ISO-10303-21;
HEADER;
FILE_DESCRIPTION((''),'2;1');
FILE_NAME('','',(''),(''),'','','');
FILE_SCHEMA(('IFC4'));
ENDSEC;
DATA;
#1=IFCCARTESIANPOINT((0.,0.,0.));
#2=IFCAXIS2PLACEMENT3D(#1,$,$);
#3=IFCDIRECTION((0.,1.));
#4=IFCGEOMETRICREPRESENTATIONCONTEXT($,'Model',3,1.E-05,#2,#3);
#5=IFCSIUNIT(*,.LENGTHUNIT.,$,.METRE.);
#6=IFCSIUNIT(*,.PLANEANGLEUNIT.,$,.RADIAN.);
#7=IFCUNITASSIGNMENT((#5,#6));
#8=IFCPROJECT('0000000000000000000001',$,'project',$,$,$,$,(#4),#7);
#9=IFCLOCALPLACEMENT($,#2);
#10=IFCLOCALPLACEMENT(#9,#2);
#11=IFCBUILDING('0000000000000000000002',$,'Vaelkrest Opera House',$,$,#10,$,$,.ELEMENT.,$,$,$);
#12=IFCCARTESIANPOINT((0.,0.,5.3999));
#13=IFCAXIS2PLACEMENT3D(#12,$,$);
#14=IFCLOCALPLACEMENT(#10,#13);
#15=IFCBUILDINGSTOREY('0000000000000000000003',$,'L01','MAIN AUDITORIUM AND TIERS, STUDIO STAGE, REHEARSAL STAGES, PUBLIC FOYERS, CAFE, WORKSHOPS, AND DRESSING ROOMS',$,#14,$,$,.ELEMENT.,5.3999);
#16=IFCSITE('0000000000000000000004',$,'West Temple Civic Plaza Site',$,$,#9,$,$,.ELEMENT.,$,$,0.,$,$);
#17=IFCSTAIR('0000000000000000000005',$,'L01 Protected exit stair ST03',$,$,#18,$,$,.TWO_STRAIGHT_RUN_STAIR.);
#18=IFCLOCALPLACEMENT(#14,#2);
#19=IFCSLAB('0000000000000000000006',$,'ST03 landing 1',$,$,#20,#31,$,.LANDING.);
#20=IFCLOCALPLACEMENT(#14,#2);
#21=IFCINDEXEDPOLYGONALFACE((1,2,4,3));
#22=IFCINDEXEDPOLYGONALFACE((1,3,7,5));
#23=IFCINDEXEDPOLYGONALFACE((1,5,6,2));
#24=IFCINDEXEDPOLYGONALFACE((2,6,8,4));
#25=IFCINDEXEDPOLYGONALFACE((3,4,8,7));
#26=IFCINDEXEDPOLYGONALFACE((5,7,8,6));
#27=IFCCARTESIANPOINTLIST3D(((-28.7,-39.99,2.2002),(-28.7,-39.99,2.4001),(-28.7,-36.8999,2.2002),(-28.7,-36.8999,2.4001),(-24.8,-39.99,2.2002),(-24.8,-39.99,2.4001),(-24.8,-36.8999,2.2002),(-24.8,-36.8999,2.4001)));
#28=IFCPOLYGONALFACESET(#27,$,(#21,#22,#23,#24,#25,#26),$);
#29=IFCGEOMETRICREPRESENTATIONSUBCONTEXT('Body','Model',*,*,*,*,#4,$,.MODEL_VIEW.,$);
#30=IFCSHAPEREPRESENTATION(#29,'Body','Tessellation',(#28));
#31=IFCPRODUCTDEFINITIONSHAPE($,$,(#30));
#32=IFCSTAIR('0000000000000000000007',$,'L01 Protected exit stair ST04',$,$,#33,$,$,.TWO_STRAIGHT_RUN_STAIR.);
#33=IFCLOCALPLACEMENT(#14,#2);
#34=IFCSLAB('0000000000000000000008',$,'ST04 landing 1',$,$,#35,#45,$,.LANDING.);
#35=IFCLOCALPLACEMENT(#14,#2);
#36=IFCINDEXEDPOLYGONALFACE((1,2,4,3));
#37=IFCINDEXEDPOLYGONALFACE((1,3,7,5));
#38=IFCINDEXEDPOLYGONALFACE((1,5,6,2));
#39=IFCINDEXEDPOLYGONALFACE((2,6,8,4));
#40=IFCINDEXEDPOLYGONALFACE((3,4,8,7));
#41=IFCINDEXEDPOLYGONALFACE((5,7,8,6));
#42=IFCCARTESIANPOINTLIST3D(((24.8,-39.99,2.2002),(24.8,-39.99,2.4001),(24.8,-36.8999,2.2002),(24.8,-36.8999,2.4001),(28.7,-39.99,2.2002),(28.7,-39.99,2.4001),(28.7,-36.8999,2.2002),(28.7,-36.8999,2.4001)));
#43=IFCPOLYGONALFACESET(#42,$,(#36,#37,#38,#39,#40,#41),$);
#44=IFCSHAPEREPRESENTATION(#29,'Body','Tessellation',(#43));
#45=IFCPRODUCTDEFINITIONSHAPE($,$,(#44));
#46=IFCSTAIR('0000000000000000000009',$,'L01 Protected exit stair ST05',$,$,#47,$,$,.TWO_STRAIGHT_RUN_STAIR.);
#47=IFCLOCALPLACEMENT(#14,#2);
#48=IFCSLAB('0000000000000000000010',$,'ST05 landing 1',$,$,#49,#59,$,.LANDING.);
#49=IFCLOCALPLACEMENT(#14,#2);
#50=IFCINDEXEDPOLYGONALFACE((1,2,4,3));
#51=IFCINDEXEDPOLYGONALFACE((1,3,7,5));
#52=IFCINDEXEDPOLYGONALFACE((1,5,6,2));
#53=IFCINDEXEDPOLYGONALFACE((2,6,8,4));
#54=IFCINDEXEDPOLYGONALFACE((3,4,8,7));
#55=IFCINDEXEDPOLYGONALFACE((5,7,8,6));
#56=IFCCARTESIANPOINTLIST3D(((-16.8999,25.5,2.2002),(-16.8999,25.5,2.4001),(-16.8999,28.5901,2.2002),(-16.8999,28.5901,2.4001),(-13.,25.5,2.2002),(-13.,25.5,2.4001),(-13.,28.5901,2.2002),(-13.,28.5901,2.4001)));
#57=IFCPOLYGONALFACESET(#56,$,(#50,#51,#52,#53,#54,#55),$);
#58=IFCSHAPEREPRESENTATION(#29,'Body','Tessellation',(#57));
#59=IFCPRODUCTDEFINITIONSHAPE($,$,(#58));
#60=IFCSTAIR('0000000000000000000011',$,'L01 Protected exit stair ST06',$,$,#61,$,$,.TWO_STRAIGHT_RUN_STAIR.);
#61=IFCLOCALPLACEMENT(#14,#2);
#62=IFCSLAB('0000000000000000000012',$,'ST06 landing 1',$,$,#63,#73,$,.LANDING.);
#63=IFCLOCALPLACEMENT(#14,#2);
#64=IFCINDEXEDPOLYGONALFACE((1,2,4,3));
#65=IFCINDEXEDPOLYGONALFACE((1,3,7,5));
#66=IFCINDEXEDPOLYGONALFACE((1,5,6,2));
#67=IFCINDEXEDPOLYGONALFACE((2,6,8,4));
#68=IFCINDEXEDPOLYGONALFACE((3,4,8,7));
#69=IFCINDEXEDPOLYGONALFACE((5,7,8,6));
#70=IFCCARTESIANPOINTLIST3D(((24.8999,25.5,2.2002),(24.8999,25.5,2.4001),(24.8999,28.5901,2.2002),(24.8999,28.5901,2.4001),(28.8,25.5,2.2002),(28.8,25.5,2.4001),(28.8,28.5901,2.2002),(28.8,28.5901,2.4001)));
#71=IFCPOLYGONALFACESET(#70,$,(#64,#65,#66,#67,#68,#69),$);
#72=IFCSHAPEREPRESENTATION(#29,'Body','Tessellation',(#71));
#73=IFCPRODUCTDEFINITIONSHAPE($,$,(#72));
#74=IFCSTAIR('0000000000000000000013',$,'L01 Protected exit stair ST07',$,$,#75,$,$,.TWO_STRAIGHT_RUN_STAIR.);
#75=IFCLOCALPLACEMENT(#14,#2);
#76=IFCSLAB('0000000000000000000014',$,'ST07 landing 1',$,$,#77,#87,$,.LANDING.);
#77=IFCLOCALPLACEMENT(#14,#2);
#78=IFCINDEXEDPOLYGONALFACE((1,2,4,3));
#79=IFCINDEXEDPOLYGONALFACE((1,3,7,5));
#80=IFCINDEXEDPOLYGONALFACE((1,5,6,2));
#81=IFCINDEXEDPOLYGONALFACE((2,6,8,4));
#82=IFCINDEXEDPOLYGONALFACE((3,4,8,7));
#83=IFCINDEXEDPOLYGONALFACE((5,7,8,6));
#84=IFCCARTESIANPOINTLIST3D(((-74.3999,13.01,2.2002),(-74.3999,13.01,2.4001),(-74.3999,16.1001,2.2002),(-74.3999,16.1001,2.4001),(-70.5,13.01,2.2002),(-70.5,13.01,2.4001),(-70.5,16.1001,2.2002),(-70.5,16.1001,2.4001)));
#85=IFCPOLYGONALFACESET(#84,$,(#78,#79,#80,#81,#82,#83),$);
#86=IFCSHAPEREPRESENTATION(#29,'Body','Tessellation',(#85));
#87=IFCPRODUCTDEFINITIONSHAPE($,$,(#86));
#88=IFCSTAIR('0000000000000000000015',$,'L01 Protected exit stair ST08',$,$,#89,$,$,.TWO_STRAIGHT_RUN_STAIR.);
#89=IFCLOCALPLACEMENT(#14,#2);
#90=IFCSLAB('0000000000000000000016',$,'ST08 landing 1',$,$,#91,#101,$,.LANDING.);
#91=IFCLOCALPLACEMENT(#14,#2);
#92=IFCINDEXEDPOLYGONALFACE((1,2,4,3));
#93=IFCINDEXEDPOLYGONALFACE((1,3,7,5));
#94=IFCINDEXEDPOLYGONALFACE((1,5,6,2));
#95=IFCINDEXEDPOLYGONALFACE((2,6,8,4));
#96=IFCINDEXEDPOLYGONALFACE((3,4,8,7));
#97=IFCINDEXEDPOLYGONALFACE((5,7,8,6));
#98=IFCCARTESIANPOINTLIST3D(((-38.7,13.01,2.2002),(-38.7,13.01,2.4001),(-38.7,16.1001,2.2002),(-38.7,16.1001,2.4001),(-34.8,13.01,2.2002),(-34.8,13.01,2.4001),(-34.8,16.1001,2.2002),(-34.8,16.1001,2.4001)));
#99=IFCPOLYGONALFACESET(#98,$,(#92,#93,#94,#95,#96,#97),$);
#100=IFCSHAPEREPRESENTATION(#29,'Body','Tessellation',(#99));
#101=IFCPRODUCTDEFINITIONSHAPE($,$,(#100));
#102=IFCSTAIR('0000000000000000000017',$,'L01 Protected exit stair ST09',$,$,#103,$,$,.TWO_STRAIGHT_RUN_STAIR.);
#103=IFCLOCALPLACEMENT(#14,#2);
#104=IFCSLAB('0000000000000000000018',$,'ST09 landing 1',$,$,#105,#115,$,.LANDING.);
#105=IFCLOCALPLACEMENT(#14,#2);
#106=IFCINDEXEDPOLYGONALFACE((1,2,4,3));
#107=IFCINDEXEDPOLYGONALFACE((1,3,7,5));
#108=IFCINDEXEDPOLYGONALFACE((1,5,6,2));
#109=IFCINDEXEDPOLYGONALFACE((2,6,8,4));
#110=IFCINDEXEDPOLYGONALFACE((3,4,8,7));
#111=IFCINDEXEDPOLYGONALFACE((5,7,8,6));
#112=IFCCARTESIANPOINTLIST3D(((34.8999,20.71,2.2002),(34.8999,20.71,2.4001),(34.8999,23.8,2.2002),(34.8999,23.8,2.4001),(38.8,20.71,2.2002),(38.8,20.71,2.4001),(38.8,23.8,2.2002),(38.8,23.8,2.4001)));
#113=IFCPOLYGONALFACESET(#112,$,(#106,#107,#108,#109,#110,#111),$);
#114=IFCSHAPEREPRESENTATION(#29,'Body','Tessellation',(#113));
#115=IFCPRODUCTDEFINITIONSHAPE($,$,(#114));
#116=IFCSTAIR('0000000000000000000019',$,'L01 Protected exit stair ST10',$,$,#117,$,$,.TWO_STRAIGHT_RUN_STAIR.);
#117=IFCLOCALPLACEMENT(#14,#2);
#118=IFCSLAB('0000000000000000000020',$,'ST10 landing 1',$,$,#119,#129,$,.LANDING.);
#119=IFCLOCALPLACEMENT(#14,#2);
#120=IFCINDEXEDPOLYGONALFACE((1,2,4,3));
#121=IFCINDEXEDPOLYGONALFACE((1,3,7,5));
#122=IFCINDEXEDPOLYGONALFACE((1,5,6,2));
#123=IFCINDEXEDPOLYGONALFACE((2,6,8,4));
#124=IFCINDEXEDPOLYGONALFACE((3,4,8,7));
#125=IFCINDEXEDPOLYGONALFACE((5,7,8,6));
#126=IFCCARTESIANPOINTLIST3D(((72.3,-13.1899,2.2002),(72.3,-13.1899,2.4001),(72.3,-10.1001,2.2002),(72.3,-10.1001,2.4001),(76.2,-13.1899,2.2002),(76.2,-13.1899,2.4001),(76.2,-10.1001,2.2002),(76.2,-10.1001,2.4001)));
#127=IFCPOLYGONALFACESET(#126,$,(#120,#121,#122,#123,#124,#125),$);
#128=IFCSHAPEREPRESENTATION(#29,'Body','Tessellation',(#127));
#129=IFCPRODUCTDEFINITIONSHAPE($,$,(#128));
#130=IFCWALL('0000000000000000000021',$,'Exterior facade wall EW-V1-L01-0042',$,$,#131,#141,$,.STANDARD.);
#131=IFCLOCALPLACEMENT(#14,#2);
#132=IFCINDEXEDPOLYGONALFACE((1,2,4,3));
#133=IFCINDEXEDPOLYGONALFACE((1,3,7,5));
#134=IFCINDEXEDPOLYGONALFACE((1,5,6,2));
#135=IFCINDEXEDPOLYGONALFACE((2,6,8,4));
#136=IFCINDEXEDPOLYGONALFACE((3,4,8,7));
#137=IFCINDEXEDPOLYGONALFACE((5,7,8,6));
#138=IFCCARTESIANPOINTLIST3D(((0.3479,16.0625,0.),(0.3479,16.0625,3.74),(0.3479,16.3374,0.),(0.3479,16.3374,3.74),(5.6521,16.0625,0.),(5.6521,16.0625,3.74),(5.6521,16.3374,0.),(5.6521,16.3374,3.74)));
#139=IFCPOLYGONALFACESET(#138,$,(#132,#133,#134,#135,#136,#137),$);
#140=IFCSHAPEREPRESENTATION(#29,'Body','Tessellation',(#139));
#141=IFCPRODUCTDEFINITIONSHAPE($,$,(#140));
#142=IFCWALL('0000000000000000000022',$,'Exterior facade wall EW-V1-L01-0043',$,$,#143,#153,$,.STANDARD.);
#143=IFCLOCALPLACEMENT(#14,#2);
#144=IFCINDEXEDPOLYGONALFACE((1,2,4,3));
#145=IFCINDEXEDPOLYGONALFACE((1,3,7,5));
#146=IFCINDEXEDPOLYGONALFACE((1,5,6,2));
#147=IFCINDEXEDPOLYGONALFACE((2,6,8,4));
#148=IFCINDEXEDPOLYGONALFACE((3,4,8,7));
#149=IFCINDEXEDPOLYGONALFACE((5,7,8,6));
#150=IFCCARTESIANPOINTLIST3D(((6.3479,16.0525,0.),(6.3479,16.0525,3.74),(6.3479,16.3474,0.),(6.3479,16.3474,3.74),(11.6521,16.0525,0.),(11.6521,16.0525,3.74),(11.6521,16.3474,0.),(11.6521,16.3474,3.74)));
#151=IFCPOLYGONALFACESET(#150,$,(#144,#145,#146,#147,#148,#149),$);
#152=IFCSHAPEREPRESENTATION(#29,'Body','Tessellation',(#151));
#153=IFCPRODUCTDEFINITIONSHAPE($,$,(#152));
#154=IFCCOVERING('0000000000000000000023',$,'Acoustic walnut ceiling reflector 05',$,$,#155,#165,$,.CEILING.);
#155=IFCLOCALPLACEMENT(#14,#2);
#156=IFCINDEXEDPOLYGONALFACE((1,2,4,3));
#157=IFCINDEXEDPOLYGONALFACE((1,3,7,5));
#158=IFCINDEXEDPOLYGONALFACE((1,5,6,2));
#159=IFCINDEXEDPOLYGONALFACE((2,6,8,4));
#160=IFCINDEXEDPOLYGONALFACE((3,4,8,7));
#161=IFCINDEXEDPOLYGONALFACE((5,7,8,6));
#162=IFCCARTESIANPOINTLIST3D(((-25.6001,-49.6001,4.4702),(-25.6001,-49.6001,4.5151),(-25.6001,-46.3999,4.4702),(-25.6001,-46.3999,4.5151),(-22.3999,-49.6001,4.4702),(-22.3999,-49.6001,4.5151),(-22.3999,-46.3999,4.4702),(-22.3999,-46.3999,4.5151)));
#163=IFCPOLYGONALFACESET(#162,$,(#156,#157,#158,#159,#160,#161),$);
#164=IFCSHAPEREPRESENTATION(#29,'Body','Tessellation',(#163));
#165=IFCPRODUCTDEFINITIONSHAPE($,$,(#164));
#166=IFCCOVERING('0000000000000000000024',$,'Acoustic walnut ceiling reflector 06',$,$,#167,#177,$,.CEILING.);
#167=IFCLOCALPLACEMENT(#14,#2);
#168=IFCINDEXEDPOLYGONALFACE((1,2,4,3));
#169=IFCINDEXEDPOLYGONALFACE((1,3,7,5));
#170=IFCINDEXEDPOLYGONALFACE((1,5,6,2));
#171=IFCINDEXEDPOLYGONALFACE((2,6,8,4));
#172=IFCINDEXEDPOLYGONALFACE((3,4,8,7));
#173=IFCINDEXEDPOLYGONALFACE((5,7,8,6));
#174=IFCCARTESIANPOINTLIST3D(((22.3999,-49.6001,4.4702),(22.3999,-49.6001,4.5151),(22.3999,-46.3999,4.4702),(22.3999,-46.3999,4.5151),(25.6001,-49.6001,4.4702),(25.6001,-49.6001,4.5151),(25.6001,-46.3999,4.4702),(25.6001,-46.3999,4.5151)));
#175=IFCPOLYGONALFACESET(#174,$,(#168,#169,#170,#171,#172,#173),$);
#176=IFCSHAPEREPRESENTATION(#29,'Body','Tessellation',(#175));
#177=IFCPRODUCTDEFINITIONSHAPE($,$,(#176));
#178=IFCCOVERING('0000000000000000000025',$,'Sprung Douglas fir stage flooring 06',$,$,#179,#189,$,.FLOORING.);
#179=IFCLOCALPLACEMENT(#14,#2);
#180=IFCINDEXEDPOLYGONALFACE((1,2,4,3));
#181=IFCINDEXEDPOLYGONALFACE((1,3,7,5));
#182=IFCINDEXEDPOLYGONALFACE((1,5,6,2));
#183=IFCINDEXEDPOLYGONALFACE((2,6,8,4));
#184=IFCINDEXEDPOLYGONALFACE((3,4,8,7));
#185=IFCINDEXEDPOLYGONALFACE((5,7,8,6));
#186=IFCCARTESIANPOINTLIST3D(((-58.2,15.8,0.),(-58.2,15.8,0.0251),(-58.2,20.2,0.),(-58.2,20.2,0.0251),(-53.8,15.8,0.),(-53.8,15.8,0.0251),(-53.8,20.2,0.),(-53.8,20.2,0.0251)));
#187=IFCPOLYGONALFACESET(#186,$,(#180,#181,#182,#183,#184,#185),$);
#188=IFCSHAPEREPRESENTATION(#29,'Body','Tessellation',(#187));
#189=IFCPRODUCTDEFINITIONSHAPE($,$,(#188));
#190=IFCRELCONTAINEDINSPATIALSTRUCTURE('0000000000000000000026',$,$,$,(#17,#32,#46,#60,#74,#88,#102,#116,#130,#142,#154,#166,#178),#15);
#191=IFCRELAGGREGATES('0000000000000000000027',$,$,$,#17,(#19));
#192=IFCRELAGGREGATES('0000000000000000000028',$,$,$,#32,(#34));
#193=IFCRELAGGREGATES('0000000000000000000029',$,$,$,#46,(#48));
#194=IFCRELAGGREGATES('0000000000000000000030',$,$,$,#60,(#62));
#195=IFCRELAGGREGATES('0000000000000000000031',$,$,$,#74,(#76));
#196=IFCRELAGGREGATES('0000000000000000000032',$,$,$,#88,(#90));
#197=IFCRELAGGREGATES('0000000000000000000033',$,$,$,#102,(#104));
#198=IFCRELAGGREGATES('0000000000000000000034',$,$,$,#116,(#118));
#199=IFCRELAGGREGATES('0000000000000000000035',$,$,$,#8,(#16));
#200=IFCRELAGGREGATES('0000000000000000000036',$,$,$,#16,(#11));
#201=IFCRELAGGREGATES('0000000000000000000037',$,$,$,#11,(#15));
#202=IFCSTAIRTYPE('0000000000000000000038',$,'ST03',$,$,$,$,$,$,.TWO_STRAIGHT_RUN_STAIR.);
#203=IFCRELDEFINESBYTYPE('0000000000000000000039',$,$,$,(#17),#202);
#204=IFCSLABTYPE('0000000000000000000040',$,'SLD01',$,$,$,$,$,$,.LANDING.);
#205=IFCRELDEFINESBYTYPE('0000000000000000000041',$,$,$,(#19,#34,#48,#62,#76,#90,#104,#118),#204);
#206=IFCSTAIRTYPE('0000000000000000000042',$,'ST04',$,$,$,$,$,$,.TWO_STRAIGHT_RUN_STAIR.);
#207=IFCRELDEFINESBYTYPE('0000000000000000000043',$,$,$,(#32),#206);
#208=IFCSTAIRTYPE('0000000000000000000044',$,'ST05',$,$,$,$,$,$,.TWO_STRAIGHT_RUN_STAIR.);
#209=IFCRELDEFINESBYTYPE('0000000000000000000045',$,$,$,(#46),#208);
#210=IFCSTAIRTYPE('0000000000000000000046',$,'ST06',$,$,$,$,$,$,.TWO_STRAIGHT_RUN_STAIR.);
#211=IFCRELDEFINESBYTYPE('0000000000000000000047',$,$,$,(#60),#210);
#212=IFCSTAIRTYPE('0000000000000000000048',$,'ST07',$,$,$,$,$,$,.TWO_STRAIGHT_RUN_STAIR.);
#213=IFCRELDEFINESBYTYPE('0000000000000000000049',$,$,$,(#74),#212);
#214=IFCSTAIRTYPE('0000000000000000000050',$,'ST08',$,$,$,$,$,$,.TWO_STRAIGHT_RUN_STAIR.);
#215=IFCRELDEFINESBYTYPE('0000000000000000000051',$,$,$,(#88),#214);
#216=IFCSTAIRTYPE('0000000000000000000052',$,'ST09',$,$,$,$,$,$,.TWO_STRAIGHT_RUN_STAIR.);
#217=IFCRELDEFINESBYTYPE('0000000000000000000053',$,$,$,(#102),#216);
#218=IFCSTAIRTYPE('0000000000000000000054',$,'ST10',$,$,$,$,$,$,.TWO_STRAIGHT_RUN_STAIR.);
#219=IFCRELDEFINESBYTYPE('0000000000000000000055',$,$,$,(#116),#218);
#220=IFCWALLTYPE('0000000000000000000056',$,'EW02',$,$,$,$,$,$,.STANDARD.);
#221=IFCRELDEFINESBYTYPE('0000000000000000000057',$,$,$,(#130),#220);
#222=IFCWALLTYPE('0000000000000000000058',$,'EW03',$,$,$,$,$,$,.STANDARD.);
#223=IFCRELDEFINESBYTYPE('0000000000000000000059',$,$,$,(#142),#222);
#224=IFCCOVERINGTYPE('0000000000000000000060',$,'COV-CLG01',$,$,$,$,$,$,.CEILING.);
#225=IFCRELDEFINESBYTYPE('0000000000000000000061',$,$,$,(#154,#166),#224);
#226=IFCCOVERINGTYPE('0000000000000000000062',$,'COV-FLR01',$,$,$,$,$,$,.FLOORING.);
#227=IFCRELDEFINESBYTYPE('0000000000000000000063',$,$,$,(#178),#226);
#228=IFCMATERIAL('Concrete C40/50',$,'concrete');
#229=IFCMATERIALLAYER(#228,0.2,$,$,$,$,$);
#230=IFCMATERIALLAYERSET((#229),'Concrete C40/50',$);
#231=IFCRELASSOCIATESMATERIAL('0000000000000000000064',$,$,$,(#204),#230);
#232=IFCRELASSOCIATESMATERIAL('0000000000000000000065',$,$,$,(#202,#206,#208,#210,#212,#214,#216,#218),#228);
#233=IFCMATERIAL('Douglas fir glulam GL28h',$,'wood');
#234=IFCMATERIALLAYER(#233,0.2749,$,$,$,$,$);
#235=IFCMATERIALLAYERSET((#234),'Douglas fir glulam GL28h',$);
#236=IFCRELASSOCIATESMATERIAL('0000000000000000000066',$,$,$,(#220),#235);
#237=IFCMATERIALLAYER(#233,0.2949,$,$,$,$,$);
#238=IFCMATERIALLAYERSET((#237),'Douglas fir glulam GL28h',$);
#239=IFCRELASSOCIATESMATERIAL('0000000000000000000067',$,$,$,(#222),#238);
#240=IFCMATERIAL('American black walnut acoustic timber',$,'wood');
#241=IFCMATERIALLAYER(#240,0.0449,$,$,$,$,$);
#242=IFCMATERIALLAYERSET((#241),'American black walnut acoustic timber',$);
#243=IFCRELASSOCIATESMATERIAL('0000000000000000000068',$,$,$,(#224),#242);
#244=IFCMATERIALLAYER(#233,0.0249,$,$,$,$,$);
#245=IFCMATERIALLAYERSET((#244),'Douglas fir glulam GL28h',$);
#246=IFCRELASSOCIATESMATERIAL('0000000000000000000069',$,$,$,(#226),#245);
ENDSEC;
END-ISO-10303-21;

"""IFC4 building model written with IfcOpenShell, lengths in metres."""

from ifc_helpers import new_model, si_unit, direction, frame, frame_2d, origin, place, context, subcontext, project, spatial, polyline, rectangle, outline, extrude, material, layer, layer_set, type_object, element, aggregate, save


model = new_model("IFC4")

# Units and contexts
model_context = context("Model", 3, precision=1e-05, world=origin(), true_north=direction((0.0, 1.0)))
body_context = subcontext(model_context, "Body", "Model", "MODEL_VIEW")
ifc_project = project(units=[si_unit("LENGTHUNIT", "METRE"), si_unit("PLANEANGLEUNIT", "RADIAN")], contexts=[model_context])

# Site, building, storey
site_placement = place(None, origin())
site = spatial("IfcSite", under=ifc_project, at=site_placement, Name="West Temple Civic Plaza Site", CompositionType="ELEMENT", RefElevation=0.0)
building_placement = place(site_placement, origin())
building = spatial("IfcBuilding", under=site, at=building_placement, Name="Vaelkrest Opera House", CompositionType="ELEMENT")
storey_placement = place(building_placement, frame((0.0, 0.0, 5.3999)))
storey = spatial("IfcBuildingStorey", under=building, at=storey_placement, Name="L01", Description="MAIN AUDITORIUM AND TIERS, STUDIO STAGE, REHEARSAL STAGES, PUBLIC FOYERS, CAFE, WORKSHOPS, AND DRESSING ROOMS", CompositionType="ELEMENT", Elevation=5.3999)

# Shared definitions
ifc_material_1 = material(Name="Concrete C40/50", Category="concrete")

# Stairs, slabs
ifc_layer_1 = layer(ifc_material_1, 0.2)
ifc_layer_set_1 = layer_set([ifc_layer_1], Name="Concrete C40/50")
slab_type_1 = type_object("IfcSlabType", Name="SLD01", PredefinedType="LANDING", material=ifc_layer_set_1)
stair_type_1 = type_object("IfcStairType", Name="ST03", PredefinedType="TWO_STRAIGHT_RUN_STAIR", material=ifc_material_1)
stair_1_placement = place(storey_placement, origin())
stair_1 = element("IfcStair", 1, at=stair_1_placement, inside=storey, type_object=stair_type_1, Name="L01 Protected exit stair ST03", PredefinedType="TWO_STRAIGHT_RUN_STAIR")
slab_1_placement = place(storey_placement, frame((0.0, 0.0, 2.2002)))
slab_1 = element("IfcSlab", 2, at=slab_1_placement, type_object=slab_type_1, Name="ST03 landing 1", PredefinedType="LANDING", context=body_context, shape_type="SweptSolid", body=[
    extrude(outline(polyline([(-24.8, -39.99), (-24.8, -36.8999), (-28.7, -36.8999), (-28.7, -39.99), (-24.8, -39.99)])), origin(), (0.0, 0.0, 1.0), 0.2),
])
aggregate(stair_1, [slab_1])
stair_type_2 = type_object("IfcStairType", Name="ST04", PredefinedType="TWO_STRAIGHT_RUN_STAIR", material=ifc_material_1)
stair_2_placement = place(storey_placement, origin())
stair_2 = element("IfcStair", 3, at=stair_2_placement, inside=storey, type_object=stair_type_2, Name="L01 Protected exit stair ST04", PredefinedType="TWO_STRAIGHT_RUN_STAIR")
slab_2_placement = place(storey_placement, frame((0.0, 0.0, 2.2002)))
slab_2 = element("IfcSlab", 4, at=slab_2_placement, type_object=slab_type_1, Name="ST04 landing 1", PredefinedType="LANDING", context=body_context, shape_type="SweptSolid", body=[
    extrude(outline(polyline([(28.7, -39.99), (28.7, -36.8999), (24.8, -36.8999), (24.8, -39.99), (28.7, -39.99)])), origin(), (0.0, 0.0, 1.0), 0.2),
])
aggregate(stair_2, [slab_2])
stair_type_3 = type_object("IfcStairType", Name="ST05", PredefinedType="TWO_STRAIGHT_RUN_STAIR", material=ifc_material_1)
stair_3_placement = place(storey_placement, origin())
stair_3 = element("IfcStair", 5, at=stair_3_placement, inside=storey, type_object=stair_type_3, Name="L01 Protected exit stair ST05", PredefinedType="TWO_STRAIGHT_RUN_STAIR")
slab_3_placement = place(storey_placement, frame((0.0, 0.0, 2.2002)))
slab_3 = element("IfcSlab", 6, at=slab_3_placement, type_object=slab_type_1, Name="ST05 landing 1", PredefinedType="LANDING", context=body_context, shape_type="SweptSolid", body=[
    extrude(outline(polyline([(-16.8999, 28.5901), (-16.8999, 25.5), (-13.0, 25.5), (-13.0, 28.5901), (-16.8999, 28.5901)])), origin(), (0.0, 0.0, 1.0), 0.2),
])
aggregate(stair_3, [slab_3])
stair_type_4 = type_object("IfcStairType", Name="ST06", PredefinedType="TWO_STRAIGHT_RUN_STAIR", material=ifc_material_1)
stair_4_placement = place(storey_placement, origin())
stair_4 = element("IfcStair", 7, at=stair_4_placement, inside=storey, type_object=stair_type_4, Name="L01 Protected exit stair ST06", PredefinedType="TWO_STRAIGHT_RUN_STAIR")
slab_4_placement = place(storey_placement, frame((0.0, 0.0, 2.2002)))
slab_4 = element("IfcSlab", 8, at=slab_4_placement, type_object=slab_type_1, Name="ST06 landing 1", PredefinedType="LANDING", context=body_context, shape_type="SweptSolid", body=[
    extrude(outline(polyline([(24.8999, 28.5901), (24.8999, 25.5), (28.8, 25.5), (28.8, 28.5901), (24.8999, 28.5901)])), origin(), (0.0, 0.0, 1.0), 0.2),
])
aggregate(stair_4, [slab_4])
stair_type_5 = type_object("IfcStairType", Name="ST07", PredefinedType="TWO_STRAIGHT_RUN_STAIR", material=ifc_material_1)
stair_5_placement = place(storey_placement, origin())
stair_5 = element("IfcStair", 9, at=stair_5_placement, inside=storey, type_object=stair_type_5, Name="L01 Protected exit stair ST07", PredefinedType="TWO_STRAIGHT_RUN_STAIR")
slab_5_placement = place(storey_placement, frame((0.0, 0.0, 2.2002)))
slab_5 = element("IfcSlab", 10, at=slab_5_placement, type_object=slab_type_1, Name="ST07 landing 1", PredefinedType="LANDING", context=body_context, shape_type="SweptSolid", body=[
    extrude(outline(polyline([(-70.5, 13.01), (-70.5, 16.1001), (-74.3999, 16.1001), (-74.3999, 13.01), (-70.5, 13.01)])), origin(), (0.0, 0.0, 1.0), 0.2),
])
aggregate(stair_5, [slab_5])
stair_type_6 = type_object("IfcStairType", Name="ST08", PredefinedType="TWO_STRAIGHT_RUN_STAIR", material=ifc_material_1)
stair_6_placement = place(storey_placement, origin())
stair_6 = element("IfcStair", 11, at=stair_6_placement, inside=storey, type_object=stair_type_6, Name="L01 Protected exit stair ST08", PredefinedType="TWO_STRAIGHT_RUN_STAIR")
slab_6_placement = place(storey_placement, frame((0.0, 0.0, 2.2002)))
slab_6 = element("IfcSlab", 12, at=slab_6_placement, type_object=slab_type_1, Name="ST08 landing 1", PredefinedType="LANDING", context=body_context, shape_type="SweptSolid", body=[
    extrude(outline(polyline([(-34.8, 13.01), (-34.8, 16.1001), (-38.7, 16.1001), (-38.7, 13.01), (-34.8, 13.01)])), origin(), (0.0, 0.0, 1.0), 0.2),
])
aggregate(stair_6, [slab_6])
stair_type_7 = type_object("IfcStairType", Name="ST09", PredefinedType="TWO_STRAIGHT_RUN_STAIR", material=ifc_material_1)
stair_7_placement = place(storey_placement, origin())
stair_7 = element("IfcStair", 13, at=stair_7_placement, inside=storey, type_object=stair_type_7, Name="L01 Protected exit stair ST09", PredefinedType="TWO_STRAIGHT_RUN_STAIR")
slab_7_placement = place(storey_placement, frame((0.0, 0.0, 2.2002)))
slab_7 = element("IfcSlab", 14, at=slab_7_placement, type_object=slab_type_1, Name="ST09 landing 1", PredefinedType="LANDING", context=body_context, shape_type="SweptSolid", body=[
    extrude(outline(polyline([(38.8, 20.71), (38.8, 23.8), (34.8999, 23.8), (34.8999, 20.71), (38.8, 20.71)])), origin(), (0.0, 0.0, 1.0), 0.2),
])
aggregate(stair_7, [slab_7])
stair_type_8 = type_object("IfcStairType", Name="ST10", PredefinedType="TWO_STRAIGHT_RUN_STAIR", material=ifc_material_1)
stair_8_placement = place(storey_placement, origin())
stair_8 = element("IfcStair", 15, at=stair_8_placement, inside=storey, type_object=stair_type_8, Name="L01 Protected exit stair ST10", PredefinedType="TWO_STRAIGHT_RUN_STAIR")
slab_8_placement = place(storey_placement, frame((0.0, 0.0, 2.2002)))
slab_8 = element("IfcSlab", 16, at=slab_8_placement, type_object=slab_type_1, Name="ST10 landing 1", PredefinedType="LANDING", context=body_context, shape_type="SweptSolid", body=[
    extrude(outline(polyline([(76.2, -13.1899), (76.2, -10.1001), (72.3, -10.1001), (72.3, -13.1899), (76.2, -13.1899)])), origin(), (0.0, 0.0, 1.0), 0.2),
])
aggregate(stair_8, [slab_8])

# Walls
ifc_material_2 = material(Name="Douglas fir glulam GL28h", Category="wood")
ifc_layer_2 = layer(ifc_material_2, 0.2749)
ifc_layer_set_2 = layer_set([ifc_layer_2], Name="Douglas fir glulam GL28h")
wall_type_1 = type_object("IfcWallType", Name="EW02", PredefinedType="STANDARD", material=ifc_layer_set_2)
wall_1_placement = place(storey_placement, frame((0.3479, 16.2, 0.0), z_axis=(0.0, 0.0, 1.0), x_axis=(1.0, 0.0, 0.0)))
element("IfcWall", 17, at=wall_1_placement, inside=storey, type_object=wall_type_1, Name="Exterior facade wall EW-V1-L01-0042", PredefinedType="STANDARD", context=body_context, shape_type="SweptSolid", body=[
    extrude(rectangle(XDim=5.3042, YDim=0.2749, at=frame_2d((2.6521, 0.0))), origin(), (0.0, 0.0, 1.0), 3.74),
])
ifc_layer_3 = layer(ifc_material_2, 0.2949)
ifc_layer_set_3 = layer_set([ifc_layer_3], Name="Douglas fir glulam GL28h")
wall_type_2 = type_object("IfcWallType", Name="EW03", PredefinedType="STANDARD", material=ifc_layer_set_3)
wall_2_placement = place(storey_placement, frame((6.3479, 16.2, 0.0), z_axis=(0.0, 0.0, 1.0), x_axis=(1.0, 0.0, 0.0)))
element("IfcWall", 18, at=wall_2_placement, inside=storey, type_object=wall_type_2, Name="Exterior facade wall EW-V1-L01-0043", PredefinedType="STANDARD", context=body_context, shape_type="SweptSolid", body=[
    extrude(rectangle(XDim=5.3042, YDim=0.2949, at=frame_2d((2.6521, 0.0))), origin(), (0.0, 0.0, 1.0), 3.74),
])

# Coverings
ifc_material_3 = material(Name="American black walnut acoustic timber", Category="wood")
ifc_layer_4 = layer(ifc_material_3, 0.0449)
ifc_layer_set_4 = layer_set([ifc_layer_4], Name="American black walnut acoustic timber")
covering_type_1 = type_object("IfcCoveringType", Name="COV-CLG01", PredefinedType="CEILING", material=ifc_layer_set_4)
covering_1_placement = place(storey_placement, frame((0.0, 0.0, 4.4702)))
element("IfcCovering", 19, at=covering_1_placement, inside=storey, type_object=covering_type_1, Name="Acoustic walnut ceiling reflector 05", PredefinedType="CEILING", context=body_context, shape_type="SweptSolid", body=[
    extrude(outline(polyline([(-25.6001, -49.6001), (-22.3999, -49.6001), (-22.3999, -46.3999), (-25.6001, -46.3999), (-25.6001, -49.6001)])), origin(), (0.0, 0.0, 1.0), 0.0449),
])
covering_2_placement = place(storey_placement, frame((0.0, 0.0, 4.4702)))
element("IfcCovering", 20, at=covering_2_placement, inside=storey, type_object=covering_type_1, Name="Acoustic walnut ceiling reflector 06", PredefinedType="CEILING", context=body_context, shape_type="SweptSolid", body=[
    extrude(outline(polyline([(22.3999, -49.6001), (25.6001, -49.6001), (25.6001, -46.3999), (22.3999, -46.3999), (22.3999, -49.6001)])), origin(), (0.0, 0.0, 1.0), 0.0449),
])
ifc_layer_5 = layer(ifc_material_2, 0.0249)
ifc_layer_set_5 = layer_set([ifc_layer_5], Name="Douglas fir glulam GL28h")
covering_type_2 = type_object("IfcCoveringType", Name="COV-FLR01", PredefinedType="FLOORING", material=ifc_layer_set_5)
covering_3_placement = place(storey_placement, origin())
element("IfcCovering", 21, at=covering_3_placement, inside=storey, type_object=covering_type_2, Name="Sprung Douglas fir stage flooring 06", PredefinedType="FLOORING", context=body_context, shape_type="SweptSolid", body=[
    extrude(outline(polyline([(-58.2, 15.8), (-53.8, 15.8), (-53.8, 20.2), (-58.2, 20.2), (-58.2, 15.8)])), origin(), (0.0, 0.0, 1.0), 0.0251),
])

save(model, "model.ifc")
